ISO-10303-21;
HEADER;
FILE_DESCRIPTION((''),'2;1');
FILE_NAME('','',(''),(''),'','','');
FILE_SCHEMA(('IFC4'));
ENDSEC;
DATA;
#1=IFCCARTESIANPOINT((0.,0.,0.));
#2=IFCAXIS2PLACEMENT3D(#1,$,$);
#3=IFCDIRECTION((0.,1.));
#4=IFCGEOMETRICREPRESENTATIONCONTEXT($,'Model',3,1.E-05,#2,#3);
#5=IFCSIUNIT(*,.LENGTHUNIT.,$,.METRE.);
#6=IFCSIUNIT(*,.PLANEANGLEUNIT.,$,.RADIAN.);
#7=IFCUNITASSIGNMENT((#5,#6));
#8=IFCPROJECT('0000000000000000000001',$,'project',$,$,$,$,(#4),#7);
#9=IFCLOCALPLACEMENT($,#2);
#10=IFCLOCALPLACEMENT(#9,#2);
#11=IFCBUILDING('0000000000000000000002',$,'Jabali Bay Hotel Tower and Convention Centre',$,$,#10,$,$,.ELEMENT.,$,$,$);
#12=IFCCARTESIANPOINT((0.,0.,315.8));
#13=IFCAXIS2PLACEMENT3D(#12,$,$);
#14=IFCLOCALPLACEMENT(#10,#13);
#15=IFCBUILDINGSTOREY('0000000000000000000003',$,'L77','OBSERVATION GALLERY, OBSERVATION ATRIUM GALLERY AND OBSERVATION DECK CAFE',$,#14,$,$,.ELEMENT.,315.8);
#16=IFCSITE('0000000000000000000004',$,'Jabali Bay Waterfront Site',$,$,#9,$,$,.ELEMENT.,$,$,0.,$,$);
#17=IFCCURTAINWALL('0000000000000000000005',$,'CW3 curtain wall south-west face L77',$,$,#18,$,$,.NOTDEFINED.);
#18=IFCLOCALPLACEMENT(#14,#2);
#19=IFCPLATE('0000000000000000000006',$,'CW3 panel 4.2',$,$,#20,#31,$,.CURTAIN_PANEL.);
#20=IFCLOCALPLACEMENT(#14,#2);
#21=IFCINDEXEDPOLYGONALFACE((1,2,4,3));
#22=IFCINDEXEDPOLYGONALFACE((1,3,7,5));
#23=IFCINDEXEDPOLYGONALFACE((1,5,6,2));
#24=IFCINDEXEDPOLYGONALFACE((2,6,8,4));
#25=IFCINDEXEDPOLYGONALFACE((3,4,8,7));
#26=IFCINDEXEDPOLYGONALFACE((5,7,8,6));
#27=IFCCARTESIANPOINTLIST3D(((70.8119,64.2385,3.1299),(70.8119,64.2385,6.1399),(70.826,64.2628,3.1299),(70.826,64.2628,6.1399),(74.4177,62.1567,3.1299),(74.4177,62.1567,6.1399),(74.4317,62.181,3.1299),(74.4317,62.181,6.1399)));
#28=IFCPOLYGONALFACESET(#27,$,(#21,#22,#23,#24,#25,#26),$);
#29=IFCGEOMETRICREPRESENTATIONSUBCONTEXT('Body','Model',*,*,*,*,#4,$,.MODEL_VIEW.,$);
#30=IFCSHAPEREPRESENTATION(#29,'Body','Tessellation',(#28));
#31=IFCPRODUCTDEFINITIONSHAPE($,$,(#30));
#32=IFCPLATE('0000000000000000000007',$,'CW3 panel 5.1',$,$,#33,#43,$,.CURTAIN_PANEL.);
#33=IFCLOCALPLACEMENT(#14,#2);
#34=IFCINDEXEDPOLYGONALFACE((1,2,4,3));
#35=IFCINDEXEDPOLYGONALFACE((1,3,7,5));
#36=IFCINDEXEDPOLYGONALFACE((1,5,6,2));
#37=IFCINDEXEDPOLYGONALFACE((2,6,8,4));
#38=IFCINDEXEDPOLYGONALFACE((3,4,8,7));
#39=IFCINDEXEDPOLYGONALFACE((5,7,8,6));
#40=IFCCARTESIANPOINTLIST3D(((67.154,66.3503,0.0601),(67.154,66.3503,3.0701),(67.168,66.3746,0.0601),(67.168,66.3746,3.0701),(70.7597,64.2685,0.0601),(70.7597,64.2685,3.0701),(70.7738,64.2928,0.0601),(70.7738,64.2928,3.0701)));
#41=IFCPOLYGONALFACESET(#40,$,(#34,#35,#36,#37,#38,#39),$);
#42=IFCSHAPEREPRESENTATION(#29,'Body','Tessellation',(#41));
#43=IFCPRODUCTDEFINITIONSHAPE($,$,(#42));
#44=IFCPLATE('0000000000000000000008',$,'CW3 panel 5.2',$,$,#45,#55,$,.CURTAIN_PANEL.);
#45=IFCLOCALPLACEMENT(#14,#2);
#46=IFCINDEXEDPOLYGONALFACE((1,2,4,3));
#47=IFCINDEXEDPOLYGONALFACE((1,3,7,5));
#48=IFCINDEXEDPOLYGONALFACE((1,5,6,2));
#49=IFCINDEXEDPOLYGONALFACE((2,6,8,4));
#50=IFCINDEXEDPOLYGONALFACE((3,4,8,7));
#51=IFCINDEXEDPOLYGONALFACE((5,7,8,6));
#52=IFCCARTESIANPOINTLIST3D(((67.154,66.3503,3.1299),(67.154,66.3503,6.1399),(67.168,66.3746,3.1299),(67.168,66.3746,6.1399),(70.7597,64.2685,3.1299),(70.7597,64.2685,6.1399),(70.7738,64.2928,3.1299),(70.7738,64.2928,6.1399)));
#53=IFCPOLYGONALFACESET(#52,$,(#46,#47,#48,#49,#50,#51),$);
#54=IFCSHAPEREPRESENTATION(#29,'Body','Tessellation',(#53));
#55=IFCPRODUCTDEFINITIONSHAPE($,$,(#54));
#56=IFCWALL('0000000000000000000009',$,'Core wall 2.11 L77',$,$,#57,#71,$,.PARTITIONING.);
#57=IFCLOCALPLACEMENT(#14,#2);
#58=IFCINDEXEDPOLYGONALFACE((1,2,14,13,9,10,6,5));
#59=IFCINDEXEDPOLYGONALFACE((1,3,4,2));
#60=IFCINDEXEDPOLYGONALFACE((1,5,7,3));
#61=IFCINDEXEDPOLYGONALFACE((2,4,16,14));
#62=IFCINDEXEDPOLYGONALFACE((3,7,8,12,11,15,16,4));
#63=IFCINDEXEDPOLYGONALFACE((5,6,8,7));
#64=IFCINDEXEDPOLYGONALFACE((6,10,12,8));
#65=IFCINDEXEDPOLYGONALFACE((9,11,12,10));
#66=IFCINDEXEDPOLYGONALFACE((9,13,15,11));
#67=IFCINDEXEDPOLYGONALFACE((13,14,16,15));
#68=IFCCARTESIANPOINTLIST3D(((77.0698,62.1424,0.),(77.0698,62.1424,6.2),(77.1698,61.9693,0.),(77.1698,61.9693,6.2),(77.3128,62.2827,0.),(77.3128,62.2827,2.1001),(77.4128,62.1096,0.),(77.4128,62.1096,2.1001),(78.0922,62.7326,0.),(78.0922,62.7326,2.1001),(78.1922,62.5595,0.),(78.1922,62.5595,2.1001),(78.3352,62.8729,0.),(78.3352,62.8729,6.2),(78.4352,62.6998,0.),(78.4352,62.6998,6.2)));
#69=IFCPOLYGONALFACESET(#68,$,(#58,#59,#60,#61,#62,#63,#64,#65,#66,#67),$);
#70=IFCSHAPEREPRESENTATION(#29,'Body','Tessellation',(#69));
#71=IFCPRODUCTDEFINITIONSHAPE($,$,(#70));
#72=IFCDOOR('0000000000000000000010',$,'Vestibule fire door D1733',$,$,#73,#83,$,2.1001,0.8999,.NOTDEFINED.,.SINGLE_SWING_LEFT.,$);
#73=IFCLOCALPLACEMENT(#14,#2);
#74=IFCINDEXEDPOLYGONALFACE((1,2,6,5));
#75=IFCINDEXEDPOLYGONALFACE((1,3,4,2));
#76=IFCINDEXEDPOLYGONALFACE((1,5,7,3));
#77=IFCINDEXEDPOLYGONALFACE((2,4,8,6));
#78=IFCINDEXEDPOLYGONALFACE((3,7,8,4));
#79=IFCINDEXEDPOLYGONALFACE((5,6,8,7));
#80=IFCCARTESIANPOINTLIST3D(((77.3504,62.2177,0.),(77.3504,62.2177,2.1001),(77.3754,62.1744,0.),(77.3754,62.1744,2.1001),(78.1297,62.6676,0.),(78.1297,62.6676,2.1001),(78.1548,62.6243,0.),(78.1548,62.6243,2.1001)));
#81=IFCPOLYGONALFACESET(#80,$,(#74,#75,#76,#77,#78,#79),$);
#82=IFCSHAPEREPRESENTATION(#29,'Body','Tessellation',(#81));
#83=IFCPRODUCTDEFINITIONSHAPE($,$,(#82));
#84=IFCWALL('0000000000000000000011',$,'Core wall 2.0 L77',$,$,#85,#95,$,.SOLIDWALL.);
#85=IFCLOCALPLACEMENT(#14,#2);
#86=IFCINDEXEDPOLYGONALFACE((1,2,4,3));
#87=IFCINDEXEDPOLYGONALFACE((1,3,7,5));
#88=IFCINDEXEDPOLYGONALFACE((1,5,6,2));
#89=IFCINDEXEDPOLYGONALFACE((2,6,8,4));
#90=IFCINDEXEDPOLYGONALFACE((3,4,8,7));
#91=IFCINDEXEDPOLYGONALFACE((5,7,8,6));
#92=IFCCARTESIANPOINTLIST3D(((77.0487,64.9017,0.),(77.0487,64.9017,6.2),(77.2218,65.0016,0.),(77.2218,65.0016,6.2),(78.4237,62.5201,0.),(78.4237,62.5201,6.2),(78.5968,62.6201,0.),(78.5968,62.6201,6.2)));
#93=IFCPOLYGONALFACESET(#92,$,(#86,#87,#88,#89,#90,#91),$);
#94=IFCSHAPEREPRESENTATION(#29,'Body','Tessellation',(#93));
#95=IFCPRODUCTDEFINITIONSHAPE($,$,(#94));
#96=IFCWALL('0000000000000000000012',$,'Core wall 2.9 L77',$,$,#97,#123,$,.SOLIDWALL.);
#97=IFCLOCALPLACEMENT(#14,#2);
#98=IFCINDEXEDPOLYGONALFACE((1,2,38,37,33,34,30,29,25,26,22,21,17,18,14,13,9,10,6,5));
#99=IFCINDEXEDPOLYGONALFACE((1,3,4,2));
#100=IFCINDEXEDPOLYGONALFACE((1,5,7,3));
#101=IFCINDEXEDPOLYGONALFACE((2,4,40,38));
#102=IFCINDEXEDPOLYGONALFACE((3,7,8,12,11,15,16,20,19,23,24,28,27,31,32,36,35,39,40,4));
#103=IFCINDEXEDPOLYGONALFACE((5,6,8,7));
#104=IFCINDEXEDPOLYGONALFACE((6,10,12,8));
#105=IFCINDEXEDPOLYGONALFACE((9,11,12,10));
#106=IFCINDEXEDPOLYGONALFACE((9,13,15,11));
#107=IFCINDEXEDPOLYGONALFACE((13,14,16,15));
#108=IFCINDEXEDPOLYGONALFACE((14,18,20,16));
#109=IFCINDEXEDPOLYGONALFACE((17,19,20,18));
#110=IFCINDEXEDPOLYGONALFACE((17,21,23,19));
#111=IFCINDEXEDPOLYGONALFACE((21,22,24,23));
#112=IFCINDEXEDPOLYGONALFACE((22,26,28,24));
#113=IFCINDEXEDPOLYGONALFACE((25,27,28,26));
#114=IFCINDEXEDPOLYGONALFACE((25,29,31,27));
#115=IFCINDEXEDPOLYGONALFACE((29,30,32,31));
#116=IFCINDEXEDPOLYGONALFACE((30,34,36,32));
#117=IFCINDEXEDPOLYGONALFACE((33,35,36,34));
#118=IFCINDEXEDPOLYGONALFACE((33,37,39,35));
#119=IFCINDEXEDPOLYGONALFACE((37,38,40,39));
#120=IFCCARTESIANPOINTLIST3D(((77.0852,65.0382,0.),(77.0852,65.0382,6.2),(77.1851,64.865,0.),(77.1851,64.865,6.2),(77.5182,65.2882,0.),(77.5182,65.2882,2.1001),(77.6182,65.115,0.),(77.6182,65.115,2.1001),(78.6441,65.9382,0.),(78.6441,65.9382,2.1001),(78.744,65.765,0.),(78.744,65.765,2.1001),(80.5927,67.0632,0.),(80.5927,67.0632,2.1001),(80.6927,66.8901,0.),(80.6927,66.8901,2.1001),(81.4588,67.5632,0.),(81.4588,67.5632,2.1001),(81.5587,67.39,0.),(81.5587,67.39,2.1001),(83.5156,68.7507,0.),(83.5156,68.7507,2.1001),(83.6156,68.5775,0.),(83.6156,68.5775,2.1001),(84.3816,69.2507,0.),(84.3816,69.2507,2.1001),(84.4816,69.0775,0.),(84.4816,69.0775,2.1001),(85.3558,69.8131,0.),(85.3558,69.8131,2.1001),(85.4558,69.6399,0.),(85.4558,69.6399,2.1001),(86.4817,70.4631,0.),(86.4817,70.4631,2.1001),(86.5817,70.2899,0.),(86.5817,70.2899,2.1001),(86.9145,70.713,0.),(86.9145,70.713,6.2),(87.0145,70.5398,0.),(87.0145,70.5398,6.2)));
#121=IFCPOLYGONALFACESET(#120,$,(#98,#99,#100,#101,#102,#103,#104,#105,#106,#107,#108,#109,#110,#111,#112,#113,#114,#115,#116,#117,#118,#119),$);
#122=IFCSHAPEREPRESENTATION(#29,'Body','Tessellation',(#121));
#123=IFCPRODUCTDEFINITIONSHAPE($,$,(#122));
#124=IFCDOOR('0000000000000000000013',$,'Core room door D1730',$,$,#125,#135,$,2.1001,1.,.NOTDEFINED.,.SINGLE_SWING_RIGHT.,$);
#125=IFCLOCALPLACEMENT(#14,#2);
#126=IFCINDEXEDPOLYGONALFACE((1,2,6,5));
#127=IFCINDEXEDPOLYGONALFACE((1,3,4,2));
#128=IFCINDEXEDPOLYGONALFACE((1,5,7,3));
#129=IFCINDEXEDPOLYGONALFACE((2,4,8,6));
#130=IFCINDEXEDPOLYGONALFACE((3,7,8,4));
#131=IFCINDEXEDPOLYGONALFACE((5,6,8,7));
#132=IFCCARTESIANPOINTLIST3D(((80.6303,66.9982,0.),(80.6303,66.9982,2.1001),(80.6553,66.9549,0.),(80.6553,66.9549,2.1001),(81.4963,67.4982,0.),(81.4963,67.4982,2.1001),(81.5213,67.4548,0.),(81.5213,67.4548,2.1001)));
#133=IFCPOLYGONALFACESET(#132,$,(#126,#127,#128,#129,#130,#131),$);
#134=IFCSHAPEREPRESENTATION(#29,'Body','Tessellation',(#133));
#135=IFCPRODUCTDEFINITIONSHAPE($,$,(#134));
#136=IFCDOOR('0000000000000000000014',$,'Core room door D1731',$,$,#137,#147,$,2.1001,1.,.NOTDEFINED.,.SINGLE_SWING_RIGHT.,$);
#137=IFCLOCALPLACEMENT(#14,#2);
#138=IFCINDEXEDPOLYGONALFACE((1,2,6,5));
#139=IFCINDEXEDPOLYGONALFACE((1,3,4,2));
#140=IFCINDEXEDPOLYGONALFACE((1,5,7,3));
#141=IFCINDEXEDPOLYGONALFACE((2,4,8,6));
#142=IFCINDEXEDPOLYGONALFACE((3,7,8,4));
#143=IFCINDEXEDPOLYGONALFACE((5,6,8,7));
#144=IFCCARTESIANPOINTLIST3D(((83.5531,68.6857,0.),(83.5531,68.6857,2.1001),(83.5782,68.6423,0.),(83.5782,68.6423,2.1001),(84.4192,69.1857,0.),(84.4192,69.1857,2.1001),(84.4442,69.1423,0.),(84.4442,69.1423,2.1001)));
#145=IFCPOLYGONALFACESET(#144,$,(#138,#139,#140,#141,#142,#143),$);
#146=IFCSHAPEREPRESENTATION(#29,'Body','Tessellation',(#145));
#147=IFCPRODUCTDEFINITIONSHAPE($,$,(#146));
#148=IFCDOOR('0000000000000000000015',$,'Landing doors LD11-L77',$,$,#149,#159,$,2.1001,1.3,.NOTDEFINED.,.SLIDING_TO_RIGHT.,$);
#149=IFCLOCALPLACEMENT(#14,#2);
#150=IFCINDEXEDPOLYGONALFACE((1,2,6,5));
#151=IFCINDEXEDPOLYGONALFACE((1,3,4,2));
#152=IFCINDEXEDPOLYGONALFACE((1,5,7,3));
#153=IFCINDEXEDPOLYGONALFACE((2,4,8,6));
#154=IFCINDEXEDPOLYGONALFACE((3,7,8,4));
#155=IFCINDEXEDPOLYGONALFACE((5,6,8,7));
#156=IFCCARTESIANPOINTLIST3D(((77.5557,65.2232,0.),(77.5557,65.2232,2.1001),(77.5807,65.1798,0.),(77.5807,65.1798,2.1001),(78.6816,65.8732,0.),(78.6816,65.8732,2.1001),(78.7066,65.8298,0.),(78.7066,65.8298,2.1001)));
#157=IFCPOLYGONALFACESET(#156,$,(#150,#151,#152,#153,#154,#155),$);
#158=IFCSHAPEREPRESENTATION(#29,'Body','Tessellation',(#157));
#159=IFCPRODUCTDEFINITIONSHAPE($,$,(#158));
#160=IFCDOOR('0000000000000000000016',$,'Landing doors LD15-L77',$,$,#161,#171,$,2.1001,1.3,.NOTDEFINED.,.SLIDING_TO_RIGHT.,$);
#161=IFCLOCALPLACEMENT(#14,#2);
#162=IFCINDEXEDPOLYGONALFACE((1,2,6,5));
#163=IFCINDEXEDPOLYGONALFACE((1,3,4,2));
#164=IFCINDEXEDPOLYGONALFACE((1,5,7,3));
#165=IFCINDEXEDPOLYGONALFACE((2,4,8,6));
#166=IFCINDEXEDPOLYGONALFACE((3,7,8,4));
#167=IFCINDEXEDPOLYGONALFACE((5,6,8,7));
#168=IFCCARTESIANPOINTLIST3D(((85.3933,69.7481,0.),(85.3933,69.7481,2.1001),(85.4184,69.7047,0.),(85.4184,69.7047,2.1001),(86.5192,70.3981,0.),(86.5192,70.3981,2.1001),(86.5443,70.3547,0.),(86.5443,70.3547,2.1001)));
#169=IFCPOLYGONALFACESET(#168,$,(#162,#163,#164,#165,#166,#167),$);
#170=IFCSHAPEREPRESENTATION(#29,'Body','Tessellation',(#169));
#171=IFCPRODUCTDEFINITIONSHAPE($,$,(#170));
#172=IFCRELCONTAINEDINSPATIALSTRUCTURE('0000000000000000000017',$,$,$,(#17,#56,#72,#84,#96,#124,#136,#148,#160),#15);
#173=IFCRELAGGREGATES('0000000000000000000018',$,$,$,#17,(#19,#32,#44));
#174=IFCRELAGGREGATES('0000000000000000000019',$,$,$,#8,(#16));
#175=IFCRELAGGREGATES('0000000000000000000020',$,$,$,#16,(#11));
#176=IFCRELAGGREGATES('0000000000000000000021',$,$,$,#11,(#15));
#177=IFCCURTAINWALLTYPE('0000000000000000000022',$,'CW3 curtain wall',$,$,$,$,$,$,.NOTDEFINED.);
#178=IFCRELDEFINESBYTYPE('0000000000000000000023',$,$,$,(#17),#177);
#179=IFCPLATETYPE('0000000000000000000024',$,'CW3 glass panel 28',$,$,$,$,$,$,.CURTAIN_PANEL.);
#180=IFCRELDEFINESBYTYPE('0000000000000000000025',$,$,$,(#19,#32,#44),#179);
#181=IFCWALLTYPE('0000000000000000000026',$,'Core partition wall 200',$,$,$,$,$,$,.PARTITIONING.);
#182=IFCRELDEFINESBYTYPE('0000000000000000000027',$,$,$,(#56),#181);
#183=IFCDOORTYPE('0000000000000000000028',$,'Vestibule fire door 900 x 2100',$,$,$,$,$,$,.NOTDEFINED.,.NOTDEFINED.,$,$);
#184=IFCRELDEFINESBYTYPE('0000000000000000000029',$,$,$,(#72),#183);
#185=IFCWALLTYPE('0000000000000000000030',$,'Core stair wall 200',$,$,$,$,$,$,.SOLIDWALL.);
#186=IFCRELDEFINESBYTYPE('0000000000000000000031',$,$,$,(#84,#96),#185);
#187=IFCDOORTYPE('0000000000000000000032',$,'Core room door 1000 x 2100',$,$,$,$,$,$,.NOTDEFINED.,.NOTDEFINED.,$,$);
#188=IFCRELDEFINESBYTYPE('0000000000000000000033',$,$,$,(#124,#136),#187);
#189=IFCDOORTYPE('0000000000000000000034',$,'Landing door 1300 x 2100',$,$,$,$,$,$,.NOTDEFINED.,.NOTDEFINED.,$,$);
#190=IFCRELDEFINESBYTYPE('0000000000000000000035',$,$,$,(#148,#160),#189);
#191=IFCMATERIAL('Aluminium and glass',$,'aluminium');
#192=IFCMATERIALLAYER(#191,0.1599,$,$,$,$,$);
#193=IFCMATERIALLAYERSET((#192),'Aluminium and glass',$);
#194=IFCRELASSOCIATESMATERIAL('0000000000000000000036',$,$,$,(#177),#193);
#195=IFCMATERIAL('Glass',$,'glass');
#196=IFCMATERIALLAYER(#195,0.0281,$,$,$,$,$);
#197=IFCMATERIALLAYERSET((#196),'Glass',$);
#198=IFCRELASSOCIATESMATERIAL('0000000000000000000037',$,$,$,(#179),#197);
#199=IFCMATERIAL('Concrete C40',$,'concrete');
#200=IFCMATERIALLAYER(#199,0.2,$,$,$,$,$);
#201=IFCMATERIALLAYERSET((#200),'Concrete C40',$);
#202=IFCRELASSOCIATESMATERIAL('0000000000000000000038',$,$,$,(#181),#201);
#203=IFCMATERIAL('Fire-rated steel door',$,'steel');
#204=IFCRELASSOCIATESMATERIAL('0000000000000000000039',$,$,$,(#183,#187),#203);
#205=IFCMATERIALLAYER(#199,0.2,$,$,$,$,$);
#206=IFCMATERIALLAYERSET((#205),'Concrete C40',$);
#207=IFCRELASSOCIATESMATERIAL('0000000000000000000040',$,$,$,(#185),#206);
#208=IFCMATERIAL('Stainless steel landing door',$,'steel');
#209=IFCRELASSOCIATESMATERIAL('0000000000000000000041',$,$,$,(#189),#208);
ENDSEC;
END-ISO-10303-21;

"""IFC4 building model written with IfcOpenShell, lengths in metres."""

from ifc_helpers import new_model, si_unit, direction, frame, frame_2d, origin, origin_2d, place, context, subcontext, project, spatial, rectangle, extrude, material, layer, layer_set, type_object, element, fill, aggregate, save


model = new_model("IFC4")

# Units and contexts
model_context = context("Model", 3, precision=1e-05, world=origin(), true_north=direction((0.0, 1.0)))
body_context = subcontext(model_context, "Body", "Model", "MODEL_VIEW")
ifc_project = project(units=[si_unit("LENGTHUNIT", "METRE"), si_unit("PLANEANGLEUNIT", "RADIAN")], contexts=[model_context])

# Site, building, storey
site_placement = place(None, origin())
site = spatial("IfcSite", under=ifc_project, at=site_placement, Name="Jabali Bay Waterfront Site", CompositionType="ELEMENT", RefElevation=0.0)
building_placement = place(site_placement, origin())
building = spatial("IfcBuilding", under=site, at=building_placement, Name="Jabali Bay Hotel Tower and Convention Centre", CompositionType="ELEMENT")
storey_placement = place(building_placement, frame((0.0, 0.0, 315.8)))
storey = spatial("IfcBuildingStorey", under=building, at=storey_placement, Name="L77", Description="OBSERVATION GALLERY, OBSERVATION ATRIUM GALLERY AND OBSERVATION DECK CAFE", CompositionType="ELEMENT", Elevation=315.8)

# Curtain wall
ifc_material_1 = material(Name="Aluminium and glass", Category="aluminium")
ifc_layer_1 = layer(ifc_material_1, 0.1599)
ifc_layer_set_1 = layer_set([ifc_layer_1], Name="Aluminium and glass")
curtain_wall_type = type_object("IfcCurtainWallType", Name="CW3 curtain wall", PredefinedType="NOTDEFINED", material=ifc_layer_set_1)
curtain_wall_placement = place(storey_placement, origin())
curtain_wall = element("IfcCurtainWall", 1, at=curtain_wall_placement, inside=storey, type_object=curtain_wall_type, Name="CW3 curtain wall south-west face L77", PredefinedType="NOTDEFINED")

# Plates
ifc_material_2 = material(Name="Glass", Category="glass")
ifc_layer_2 = layer(ifc_material_2, 0.0281)
ifc_layer_set_2 = layer_set([ifc_layer_2], Name="Glass")
plate_type = type_object("IfcPlateType", Name="CW3 glass panel 28", PredefinedType="CURTAIN_PANEL", material=ifc_layer_set_2)
plate_1_placement = place(storey_placement, frame((72.6218, 63.2097, 3.1299), z_axis=(0.0, 0.0, 1.0), x_axis=(-0.866025, 0.5, 0.0)))
plate_1 = element("IfcPlate", 2, at=plate_1_placement, type_object=plate_type, Name="CW3 panel 4.2", PredefinedType="CURTAIN_PANEL", context=body_context, shape_type="SweptSolid", body=[
    extrude(rectangle(XDim=4.1636, YDim=0.0281, at=origin_2d()), origin(), (0.0, 0.0, 1.0), 3.01),
])
plate_2_placement = place(storey_placement, frame((68.9639, 65.3215, 0.0601), z_axis=(0.0, 0.0, 1.0), x_axis=(-0.866025, 0.5, 0.0)))
plate_2 = element("IfcPlate", 3, at=plate_2_placement, type_object=plate_type, Name="CW3 panel 5.1", PredefinedType="CURTAIN_PANEL", context=body_context, shape_type="SweptSolid", body=[
    extrude(rectangle(XDim=4.1636, YDim=0.0281, at=origin_2d()), origin(), (0.0, 0.0, 1.0), 3.01),
])
plate_3_placement = place(storey_placement, frame((68.9639, 65.3215, 3.1299), z_axis=(0.0, 0.0, 1.0), x_axis=(-0.866025, 0.5, 0.0)))
plate_3 = element("IfcPlate", 4, at=plate_3_placement, type_object=plate_type, Name="CW3 panel 5.2", PredefinedType="CURTAIN_PANEL", context=body_context, shape_type="SweptSolid", body=[
    extrude(rectangle(XDim=4.1636, YDim=0.0281, at=origin_2d()), origin(), (0.0, 0.0, 1.0), 3.01),
])
aggregate(curtain_wall, [plate_1, plate_2, plate_3])

# Wall, opening, door
ifc_material_3 = material(Name="Concrete C40", Category="concrete")
ifc_layer_3 = layer(ifc_material_3, 0.2)
ifc_layer_set_3 = layer_set([ifc_layer_3], Name="Concrete C40")
wall_type_1 = type_object("IfcWallType", Name="Core partition wall 200", PredefinedType="PARTITIONING", material=ifc_layer_set_3)
wall_1_placement = place(storey_placement, frame((77.1199, 62.0559, 0.0), z_axis=(0.0, 0.0, 1.0), x_axis=(0.866055, 0.499949, 0.0)))
wall_1 = element("IfcWall", 5, at=wall_1_placement, inside=storey, type_object=wall_type_1, Name="Core wall 2.11 L77", PredefinedType="PARTITIONING", context=body_context, shape_type="SweptSolid", body=[
    extrude(rectangle(XDim=1.4612, YDim=0.2, at=frame_2d((0.7305, 0.0))), origin(), (0.0, 0.0, 1.0), 6.2),
])
opening_1_placement = place(wall_1_placement, frame((0.2805, 0.0, 0.0)))
opening_1 = element("IfcOpeningElement", 6, at=opening_1_placement, cuts=wall_1, PredefinedType="OPENING", context=body_context, shape_type="SweptSolid", body=[
    extrude(rectangle(XDim=0.8999, YDim=2.1001, at=frame_2d((0.45, 1.05))), frame((0.0, 0.1104, 0.0), z_axis=(0.0, -1.0, 0.0), x_axis=(1.0, 0.0, 0.0)), (0.0, 0.0, 1.0), 0.2209),
])
ifc_material_4 = material(Name="Fire-rated steel door", Category="steel")
door_type_1 = type_object("IfcDoorType", Name="Vestibule fire door 900 x 2100", OperationType="NOTDEFINED", PredefinedType="NOTDEFINED", material=ifc_material_4)
door_1_placement = place(opening_1_placement, origin())
door_1 = element("IfcDoor", 7, at=door_1_placement, inside=storey, type_object=door_type_1, Name="Vestibule fire door D1733", OperationType="SINGLE_SWING_LEFT", OverallHeight=2.1001, OverallWidth=0.8999, PredefinedType="NOTDEFINED", context=body_context, shape_type="SweptSolid", body=[
    extrude(rectangle(XDim=0.8999, YDim=2.1001, at=frame_2d((0.45, 1.05))), frame((0.0, 0.0249, 0.0), z_axis=(0.0, -1.0, 0.0), x_axis=(1.0, 0.0, 0.0)), (0.0, 0.0, 1.0), 0.05),
])
fill(opening_1, door_1)

# Wall
ifc_layer_4 = layer(ifc_material_3, 0.2)
ifc_layer_set_4 = layer_set([ifc_layer_4], Name="Concrete C40")
wall_type_2 = type_object("IfcWallType", Name="Core stair wall 200", PredefinedType="SOLIDWALL", material=ifc_layer_set_4)
wall_2_placement = place(storey_placement, frame((77.1353, 64.9517, 0.0), z_axis=(0.0, 0.0, 1.0), x_axis=(0.499997, -0.866027, 0.0)))
element("IfcWall", 8, at=wall_2_placement, inside=storey, type_object=wall_type_2, Name="Core wall 2.0 L77", PredefinedType="SOLIDWALL", context=body_context, shape_type="SweptSolid", body=[
    extrude(rectangle(XDim=2.75, YDim=0.2, at=frame_2d((1.375, 0.0))), origin(), (0.0, 0.0, 1.0), 6.2),
])

# Wall, openings, doors
wall_3_placement = place(storey_placement, frame((77.1353, 64.9517, 0.0), z_axis=(0.0, 0.0, 1.0), x_axis=(0.866032, 0.499989, 0.0)))
wall_3 = element("IfcWall", 9, at=wall_3_placement, inside=storey, type_object=wall_type_2, Name="Core wall 2.9 L77", PredefinedType="SOLIDWALL", context=body_context, shape_type="SweptSolid", body=[
    extrude(rectangle(XDim=11.3499, YDim=0.2, at=frame_2d((5.6748, 0.0))), origin(), (0.0, 0.0, 1.0), 6.2),
])
opening_2_placement = place(wall_3_placement, frame((0.5, 0.0, 0.0)))
opening_2 = element("IfcOpeningElement", 10, at=opening_2_placement, cuts=wall_3, PredefinedType="OPENING", context=body_context, shape_type="SweptSolid", body=[
    extrude(rectangle(XDim=1.3, YDim=2.1001, at=frame_2d((0.6499, 1.05))), frame((0.0, 0.1104, 0.0), z_axis=(0.0, -1.0, 0.0), x_axis=(1.0, 0.0, 0.0)), (0.0, 0.0, 1.0), 0.2209),
])
opening_3_placement = place(wall_3_placement, frame((9.55, 0.0, 0.0)))
opening_3 = element("IfcOpeningElement", 11, at=opening_3_placement, cuts=wall_3, PredefinedType="OPENING", context=body_context, shape_type="SweptSolid", body=[
    extrude(rectangle(XDim=1.3, YDim=2.1001, at=frame_2d((0.6499, 1.05))), frame((0.0, 0.1104, 0.0), z_axis=(0.0, -1.0, 0.0), x_axis=(1.0, 0.0, 0.0)), (0.0, 0.0, 1.0), 0.2209),
])
opening_4_placement = place(wall_3_placement, frame((4.05, 0.0, 0.0)))
opening_4 = element("IfcOpeningElement", 12, at=opening_4_placement, cuts=wall_3, PredefinedType="OPENING", context=body_context, shape_type="SweptSolid", body=[
    extrude(rectangle(XDim=1.0, YDim=2.1001, at=frame_2d((0.5, 1.05))), frame((0.0, 0.1104, 0.0), z_axis=(0.0, -1.0, 0.0), x_axis=(1.0, 0.0, 0.0)), (0.0, 0.0, 1.0), 0.2209),
])
opening_5_placement = place(wall_3_placement, frame((7.425, 0.0, 0.0)))
opening_5 = element("IfcOpeningElement", 13, at=opening_5_placement, cuts=wall_3, PredefinedType="OPENING", context=body_context, shape_type="SweptSolid", body=[
    extrude(rectangle(XDim=1.0, YDim=2.1001, at=frame_2d((0.5, 1.05))), frame((0.0, 0.1104, 0.0), z_axis=(0.0, -1.0, 0.0), x_axis=(1.0, 0.0, 0.0)), (0.0, 0.0, 1.0), 0.2209),
])
door_type_2 = type_object("IfcDoorType", Name="Core room door 1000 x 2100", OperationType="NOTDEFINED", PredefinedType="NOTDEFINED", material=ifc_material_4)
door_2_placement = place(opening_4_placement, origin())
door_2 = element("IfcDoor", 14, at=door_2_placement, inside=storey, type_object=door_type_2, Name="Core room door D1730", OperationType="SINGLE_SWING_RIGHT", OverallHeight=2.1001, OverallWidth=1.0, PredefinedType="NOTDEFINED", context=body_context, shape_type="SweptSolid", body=[
    extrude(rectangle(XDim=1.0, YDim=2.1001, at=frame_2d((0.5, 1.05))), frame((0.0, 0.0249, 0.0), z_axis=(0.0, -1.0, 0.0), x_axis=(1.0, 0.0, 0.0)), (0.0, 0.0, 1.0), 0.05),
])
fill(opening_4, door_2)
door_3_placement = place(opening_5_placement, origin())
door_3 = element("IfcDoor", 15, at=door_3_placement, inside=storey, type_object=door_type_2, Name="Core room door D1731", OperationType="SINGLE_SWING_RIGHT", OverallHeight=2.1001, OverallWidth=1.0, PredefinedType="NOTDEFINED", context=body_context, shape_type="SweptSolid", body=[
    extrude(rectangle(XDim=1.0, YDim=2.1001, at=frame_2d((0.5, 1.05))), frame((0.0, 0.0249, 0.0), z_axis=(0.0, -1.0, 0.0), x_axis=(1.0, 0.0, 0.0)), (0.0, 0.0, 1.0), 0.05),
])
fill(opening_5, door_3)
ifc_material_5 = material(Name="Stainless steel landing door", Category="steel")
door_type_3 = type_object("IfcDoorType", Name="Landing door 1300 x 2100", OperationType="NOTDEFINED", PredefinedType="NOTDEFINED", material=ifc_material_5)
door_4_placement = place(opening_2_placement, origin())
door_4 = element("IfcDoor", 16, at=door_4_placement, inside=storey, type_object=door_type_3, Name="Landing doors LD11-L77", OperationType="SLIDING_TO_RIGHT", OverallHeight=2.1001, OverallWidth=1.3, PredefinedType="NOTDEFINED", context=body_context, shape_type="SweptSolid", body=[
    extrude(rectangle(XDim=1.3, YDim=2.1001, at=frame_2d((0.6499, 1.05))), frame((0.0, 0.0249, 0.0), z_axis=(0.0, -1.0, 0.0), x_axis=(1.0, 0.0, 0.0)), (0.0, 0.0, 1.0), 0.05),
])
fill(opening_2, door_4)
door_5_placement = place(opening_3_placement, origin())
door_5 = element("IfcDoor", 17, at=door_5_placement, inside=storey, type_object=door_type_3, Name="Landing doors LD15-L77", OperationType="SLIDING_TO_RIGHT", OverallHeight=2.1001, OverallWidth=1.3, PredefinedType="NOTDEFINED", context=body_context, shape_type="SweptSolid", body=[
    extrude(rectangle(XDim=1.3, YDim=2.1001, at=frame_2d((0.6499, 1.05))), frame((0.0, 0.0249, 0.0), z_axis=(0.0, -1.0, 0.0), x_axis=(1.0, 0.0, 0.0)), (0.0, 0.0, 1.0), 0.05),
])
fill(opening_3, door_5)

save(model, "model.ifc")
